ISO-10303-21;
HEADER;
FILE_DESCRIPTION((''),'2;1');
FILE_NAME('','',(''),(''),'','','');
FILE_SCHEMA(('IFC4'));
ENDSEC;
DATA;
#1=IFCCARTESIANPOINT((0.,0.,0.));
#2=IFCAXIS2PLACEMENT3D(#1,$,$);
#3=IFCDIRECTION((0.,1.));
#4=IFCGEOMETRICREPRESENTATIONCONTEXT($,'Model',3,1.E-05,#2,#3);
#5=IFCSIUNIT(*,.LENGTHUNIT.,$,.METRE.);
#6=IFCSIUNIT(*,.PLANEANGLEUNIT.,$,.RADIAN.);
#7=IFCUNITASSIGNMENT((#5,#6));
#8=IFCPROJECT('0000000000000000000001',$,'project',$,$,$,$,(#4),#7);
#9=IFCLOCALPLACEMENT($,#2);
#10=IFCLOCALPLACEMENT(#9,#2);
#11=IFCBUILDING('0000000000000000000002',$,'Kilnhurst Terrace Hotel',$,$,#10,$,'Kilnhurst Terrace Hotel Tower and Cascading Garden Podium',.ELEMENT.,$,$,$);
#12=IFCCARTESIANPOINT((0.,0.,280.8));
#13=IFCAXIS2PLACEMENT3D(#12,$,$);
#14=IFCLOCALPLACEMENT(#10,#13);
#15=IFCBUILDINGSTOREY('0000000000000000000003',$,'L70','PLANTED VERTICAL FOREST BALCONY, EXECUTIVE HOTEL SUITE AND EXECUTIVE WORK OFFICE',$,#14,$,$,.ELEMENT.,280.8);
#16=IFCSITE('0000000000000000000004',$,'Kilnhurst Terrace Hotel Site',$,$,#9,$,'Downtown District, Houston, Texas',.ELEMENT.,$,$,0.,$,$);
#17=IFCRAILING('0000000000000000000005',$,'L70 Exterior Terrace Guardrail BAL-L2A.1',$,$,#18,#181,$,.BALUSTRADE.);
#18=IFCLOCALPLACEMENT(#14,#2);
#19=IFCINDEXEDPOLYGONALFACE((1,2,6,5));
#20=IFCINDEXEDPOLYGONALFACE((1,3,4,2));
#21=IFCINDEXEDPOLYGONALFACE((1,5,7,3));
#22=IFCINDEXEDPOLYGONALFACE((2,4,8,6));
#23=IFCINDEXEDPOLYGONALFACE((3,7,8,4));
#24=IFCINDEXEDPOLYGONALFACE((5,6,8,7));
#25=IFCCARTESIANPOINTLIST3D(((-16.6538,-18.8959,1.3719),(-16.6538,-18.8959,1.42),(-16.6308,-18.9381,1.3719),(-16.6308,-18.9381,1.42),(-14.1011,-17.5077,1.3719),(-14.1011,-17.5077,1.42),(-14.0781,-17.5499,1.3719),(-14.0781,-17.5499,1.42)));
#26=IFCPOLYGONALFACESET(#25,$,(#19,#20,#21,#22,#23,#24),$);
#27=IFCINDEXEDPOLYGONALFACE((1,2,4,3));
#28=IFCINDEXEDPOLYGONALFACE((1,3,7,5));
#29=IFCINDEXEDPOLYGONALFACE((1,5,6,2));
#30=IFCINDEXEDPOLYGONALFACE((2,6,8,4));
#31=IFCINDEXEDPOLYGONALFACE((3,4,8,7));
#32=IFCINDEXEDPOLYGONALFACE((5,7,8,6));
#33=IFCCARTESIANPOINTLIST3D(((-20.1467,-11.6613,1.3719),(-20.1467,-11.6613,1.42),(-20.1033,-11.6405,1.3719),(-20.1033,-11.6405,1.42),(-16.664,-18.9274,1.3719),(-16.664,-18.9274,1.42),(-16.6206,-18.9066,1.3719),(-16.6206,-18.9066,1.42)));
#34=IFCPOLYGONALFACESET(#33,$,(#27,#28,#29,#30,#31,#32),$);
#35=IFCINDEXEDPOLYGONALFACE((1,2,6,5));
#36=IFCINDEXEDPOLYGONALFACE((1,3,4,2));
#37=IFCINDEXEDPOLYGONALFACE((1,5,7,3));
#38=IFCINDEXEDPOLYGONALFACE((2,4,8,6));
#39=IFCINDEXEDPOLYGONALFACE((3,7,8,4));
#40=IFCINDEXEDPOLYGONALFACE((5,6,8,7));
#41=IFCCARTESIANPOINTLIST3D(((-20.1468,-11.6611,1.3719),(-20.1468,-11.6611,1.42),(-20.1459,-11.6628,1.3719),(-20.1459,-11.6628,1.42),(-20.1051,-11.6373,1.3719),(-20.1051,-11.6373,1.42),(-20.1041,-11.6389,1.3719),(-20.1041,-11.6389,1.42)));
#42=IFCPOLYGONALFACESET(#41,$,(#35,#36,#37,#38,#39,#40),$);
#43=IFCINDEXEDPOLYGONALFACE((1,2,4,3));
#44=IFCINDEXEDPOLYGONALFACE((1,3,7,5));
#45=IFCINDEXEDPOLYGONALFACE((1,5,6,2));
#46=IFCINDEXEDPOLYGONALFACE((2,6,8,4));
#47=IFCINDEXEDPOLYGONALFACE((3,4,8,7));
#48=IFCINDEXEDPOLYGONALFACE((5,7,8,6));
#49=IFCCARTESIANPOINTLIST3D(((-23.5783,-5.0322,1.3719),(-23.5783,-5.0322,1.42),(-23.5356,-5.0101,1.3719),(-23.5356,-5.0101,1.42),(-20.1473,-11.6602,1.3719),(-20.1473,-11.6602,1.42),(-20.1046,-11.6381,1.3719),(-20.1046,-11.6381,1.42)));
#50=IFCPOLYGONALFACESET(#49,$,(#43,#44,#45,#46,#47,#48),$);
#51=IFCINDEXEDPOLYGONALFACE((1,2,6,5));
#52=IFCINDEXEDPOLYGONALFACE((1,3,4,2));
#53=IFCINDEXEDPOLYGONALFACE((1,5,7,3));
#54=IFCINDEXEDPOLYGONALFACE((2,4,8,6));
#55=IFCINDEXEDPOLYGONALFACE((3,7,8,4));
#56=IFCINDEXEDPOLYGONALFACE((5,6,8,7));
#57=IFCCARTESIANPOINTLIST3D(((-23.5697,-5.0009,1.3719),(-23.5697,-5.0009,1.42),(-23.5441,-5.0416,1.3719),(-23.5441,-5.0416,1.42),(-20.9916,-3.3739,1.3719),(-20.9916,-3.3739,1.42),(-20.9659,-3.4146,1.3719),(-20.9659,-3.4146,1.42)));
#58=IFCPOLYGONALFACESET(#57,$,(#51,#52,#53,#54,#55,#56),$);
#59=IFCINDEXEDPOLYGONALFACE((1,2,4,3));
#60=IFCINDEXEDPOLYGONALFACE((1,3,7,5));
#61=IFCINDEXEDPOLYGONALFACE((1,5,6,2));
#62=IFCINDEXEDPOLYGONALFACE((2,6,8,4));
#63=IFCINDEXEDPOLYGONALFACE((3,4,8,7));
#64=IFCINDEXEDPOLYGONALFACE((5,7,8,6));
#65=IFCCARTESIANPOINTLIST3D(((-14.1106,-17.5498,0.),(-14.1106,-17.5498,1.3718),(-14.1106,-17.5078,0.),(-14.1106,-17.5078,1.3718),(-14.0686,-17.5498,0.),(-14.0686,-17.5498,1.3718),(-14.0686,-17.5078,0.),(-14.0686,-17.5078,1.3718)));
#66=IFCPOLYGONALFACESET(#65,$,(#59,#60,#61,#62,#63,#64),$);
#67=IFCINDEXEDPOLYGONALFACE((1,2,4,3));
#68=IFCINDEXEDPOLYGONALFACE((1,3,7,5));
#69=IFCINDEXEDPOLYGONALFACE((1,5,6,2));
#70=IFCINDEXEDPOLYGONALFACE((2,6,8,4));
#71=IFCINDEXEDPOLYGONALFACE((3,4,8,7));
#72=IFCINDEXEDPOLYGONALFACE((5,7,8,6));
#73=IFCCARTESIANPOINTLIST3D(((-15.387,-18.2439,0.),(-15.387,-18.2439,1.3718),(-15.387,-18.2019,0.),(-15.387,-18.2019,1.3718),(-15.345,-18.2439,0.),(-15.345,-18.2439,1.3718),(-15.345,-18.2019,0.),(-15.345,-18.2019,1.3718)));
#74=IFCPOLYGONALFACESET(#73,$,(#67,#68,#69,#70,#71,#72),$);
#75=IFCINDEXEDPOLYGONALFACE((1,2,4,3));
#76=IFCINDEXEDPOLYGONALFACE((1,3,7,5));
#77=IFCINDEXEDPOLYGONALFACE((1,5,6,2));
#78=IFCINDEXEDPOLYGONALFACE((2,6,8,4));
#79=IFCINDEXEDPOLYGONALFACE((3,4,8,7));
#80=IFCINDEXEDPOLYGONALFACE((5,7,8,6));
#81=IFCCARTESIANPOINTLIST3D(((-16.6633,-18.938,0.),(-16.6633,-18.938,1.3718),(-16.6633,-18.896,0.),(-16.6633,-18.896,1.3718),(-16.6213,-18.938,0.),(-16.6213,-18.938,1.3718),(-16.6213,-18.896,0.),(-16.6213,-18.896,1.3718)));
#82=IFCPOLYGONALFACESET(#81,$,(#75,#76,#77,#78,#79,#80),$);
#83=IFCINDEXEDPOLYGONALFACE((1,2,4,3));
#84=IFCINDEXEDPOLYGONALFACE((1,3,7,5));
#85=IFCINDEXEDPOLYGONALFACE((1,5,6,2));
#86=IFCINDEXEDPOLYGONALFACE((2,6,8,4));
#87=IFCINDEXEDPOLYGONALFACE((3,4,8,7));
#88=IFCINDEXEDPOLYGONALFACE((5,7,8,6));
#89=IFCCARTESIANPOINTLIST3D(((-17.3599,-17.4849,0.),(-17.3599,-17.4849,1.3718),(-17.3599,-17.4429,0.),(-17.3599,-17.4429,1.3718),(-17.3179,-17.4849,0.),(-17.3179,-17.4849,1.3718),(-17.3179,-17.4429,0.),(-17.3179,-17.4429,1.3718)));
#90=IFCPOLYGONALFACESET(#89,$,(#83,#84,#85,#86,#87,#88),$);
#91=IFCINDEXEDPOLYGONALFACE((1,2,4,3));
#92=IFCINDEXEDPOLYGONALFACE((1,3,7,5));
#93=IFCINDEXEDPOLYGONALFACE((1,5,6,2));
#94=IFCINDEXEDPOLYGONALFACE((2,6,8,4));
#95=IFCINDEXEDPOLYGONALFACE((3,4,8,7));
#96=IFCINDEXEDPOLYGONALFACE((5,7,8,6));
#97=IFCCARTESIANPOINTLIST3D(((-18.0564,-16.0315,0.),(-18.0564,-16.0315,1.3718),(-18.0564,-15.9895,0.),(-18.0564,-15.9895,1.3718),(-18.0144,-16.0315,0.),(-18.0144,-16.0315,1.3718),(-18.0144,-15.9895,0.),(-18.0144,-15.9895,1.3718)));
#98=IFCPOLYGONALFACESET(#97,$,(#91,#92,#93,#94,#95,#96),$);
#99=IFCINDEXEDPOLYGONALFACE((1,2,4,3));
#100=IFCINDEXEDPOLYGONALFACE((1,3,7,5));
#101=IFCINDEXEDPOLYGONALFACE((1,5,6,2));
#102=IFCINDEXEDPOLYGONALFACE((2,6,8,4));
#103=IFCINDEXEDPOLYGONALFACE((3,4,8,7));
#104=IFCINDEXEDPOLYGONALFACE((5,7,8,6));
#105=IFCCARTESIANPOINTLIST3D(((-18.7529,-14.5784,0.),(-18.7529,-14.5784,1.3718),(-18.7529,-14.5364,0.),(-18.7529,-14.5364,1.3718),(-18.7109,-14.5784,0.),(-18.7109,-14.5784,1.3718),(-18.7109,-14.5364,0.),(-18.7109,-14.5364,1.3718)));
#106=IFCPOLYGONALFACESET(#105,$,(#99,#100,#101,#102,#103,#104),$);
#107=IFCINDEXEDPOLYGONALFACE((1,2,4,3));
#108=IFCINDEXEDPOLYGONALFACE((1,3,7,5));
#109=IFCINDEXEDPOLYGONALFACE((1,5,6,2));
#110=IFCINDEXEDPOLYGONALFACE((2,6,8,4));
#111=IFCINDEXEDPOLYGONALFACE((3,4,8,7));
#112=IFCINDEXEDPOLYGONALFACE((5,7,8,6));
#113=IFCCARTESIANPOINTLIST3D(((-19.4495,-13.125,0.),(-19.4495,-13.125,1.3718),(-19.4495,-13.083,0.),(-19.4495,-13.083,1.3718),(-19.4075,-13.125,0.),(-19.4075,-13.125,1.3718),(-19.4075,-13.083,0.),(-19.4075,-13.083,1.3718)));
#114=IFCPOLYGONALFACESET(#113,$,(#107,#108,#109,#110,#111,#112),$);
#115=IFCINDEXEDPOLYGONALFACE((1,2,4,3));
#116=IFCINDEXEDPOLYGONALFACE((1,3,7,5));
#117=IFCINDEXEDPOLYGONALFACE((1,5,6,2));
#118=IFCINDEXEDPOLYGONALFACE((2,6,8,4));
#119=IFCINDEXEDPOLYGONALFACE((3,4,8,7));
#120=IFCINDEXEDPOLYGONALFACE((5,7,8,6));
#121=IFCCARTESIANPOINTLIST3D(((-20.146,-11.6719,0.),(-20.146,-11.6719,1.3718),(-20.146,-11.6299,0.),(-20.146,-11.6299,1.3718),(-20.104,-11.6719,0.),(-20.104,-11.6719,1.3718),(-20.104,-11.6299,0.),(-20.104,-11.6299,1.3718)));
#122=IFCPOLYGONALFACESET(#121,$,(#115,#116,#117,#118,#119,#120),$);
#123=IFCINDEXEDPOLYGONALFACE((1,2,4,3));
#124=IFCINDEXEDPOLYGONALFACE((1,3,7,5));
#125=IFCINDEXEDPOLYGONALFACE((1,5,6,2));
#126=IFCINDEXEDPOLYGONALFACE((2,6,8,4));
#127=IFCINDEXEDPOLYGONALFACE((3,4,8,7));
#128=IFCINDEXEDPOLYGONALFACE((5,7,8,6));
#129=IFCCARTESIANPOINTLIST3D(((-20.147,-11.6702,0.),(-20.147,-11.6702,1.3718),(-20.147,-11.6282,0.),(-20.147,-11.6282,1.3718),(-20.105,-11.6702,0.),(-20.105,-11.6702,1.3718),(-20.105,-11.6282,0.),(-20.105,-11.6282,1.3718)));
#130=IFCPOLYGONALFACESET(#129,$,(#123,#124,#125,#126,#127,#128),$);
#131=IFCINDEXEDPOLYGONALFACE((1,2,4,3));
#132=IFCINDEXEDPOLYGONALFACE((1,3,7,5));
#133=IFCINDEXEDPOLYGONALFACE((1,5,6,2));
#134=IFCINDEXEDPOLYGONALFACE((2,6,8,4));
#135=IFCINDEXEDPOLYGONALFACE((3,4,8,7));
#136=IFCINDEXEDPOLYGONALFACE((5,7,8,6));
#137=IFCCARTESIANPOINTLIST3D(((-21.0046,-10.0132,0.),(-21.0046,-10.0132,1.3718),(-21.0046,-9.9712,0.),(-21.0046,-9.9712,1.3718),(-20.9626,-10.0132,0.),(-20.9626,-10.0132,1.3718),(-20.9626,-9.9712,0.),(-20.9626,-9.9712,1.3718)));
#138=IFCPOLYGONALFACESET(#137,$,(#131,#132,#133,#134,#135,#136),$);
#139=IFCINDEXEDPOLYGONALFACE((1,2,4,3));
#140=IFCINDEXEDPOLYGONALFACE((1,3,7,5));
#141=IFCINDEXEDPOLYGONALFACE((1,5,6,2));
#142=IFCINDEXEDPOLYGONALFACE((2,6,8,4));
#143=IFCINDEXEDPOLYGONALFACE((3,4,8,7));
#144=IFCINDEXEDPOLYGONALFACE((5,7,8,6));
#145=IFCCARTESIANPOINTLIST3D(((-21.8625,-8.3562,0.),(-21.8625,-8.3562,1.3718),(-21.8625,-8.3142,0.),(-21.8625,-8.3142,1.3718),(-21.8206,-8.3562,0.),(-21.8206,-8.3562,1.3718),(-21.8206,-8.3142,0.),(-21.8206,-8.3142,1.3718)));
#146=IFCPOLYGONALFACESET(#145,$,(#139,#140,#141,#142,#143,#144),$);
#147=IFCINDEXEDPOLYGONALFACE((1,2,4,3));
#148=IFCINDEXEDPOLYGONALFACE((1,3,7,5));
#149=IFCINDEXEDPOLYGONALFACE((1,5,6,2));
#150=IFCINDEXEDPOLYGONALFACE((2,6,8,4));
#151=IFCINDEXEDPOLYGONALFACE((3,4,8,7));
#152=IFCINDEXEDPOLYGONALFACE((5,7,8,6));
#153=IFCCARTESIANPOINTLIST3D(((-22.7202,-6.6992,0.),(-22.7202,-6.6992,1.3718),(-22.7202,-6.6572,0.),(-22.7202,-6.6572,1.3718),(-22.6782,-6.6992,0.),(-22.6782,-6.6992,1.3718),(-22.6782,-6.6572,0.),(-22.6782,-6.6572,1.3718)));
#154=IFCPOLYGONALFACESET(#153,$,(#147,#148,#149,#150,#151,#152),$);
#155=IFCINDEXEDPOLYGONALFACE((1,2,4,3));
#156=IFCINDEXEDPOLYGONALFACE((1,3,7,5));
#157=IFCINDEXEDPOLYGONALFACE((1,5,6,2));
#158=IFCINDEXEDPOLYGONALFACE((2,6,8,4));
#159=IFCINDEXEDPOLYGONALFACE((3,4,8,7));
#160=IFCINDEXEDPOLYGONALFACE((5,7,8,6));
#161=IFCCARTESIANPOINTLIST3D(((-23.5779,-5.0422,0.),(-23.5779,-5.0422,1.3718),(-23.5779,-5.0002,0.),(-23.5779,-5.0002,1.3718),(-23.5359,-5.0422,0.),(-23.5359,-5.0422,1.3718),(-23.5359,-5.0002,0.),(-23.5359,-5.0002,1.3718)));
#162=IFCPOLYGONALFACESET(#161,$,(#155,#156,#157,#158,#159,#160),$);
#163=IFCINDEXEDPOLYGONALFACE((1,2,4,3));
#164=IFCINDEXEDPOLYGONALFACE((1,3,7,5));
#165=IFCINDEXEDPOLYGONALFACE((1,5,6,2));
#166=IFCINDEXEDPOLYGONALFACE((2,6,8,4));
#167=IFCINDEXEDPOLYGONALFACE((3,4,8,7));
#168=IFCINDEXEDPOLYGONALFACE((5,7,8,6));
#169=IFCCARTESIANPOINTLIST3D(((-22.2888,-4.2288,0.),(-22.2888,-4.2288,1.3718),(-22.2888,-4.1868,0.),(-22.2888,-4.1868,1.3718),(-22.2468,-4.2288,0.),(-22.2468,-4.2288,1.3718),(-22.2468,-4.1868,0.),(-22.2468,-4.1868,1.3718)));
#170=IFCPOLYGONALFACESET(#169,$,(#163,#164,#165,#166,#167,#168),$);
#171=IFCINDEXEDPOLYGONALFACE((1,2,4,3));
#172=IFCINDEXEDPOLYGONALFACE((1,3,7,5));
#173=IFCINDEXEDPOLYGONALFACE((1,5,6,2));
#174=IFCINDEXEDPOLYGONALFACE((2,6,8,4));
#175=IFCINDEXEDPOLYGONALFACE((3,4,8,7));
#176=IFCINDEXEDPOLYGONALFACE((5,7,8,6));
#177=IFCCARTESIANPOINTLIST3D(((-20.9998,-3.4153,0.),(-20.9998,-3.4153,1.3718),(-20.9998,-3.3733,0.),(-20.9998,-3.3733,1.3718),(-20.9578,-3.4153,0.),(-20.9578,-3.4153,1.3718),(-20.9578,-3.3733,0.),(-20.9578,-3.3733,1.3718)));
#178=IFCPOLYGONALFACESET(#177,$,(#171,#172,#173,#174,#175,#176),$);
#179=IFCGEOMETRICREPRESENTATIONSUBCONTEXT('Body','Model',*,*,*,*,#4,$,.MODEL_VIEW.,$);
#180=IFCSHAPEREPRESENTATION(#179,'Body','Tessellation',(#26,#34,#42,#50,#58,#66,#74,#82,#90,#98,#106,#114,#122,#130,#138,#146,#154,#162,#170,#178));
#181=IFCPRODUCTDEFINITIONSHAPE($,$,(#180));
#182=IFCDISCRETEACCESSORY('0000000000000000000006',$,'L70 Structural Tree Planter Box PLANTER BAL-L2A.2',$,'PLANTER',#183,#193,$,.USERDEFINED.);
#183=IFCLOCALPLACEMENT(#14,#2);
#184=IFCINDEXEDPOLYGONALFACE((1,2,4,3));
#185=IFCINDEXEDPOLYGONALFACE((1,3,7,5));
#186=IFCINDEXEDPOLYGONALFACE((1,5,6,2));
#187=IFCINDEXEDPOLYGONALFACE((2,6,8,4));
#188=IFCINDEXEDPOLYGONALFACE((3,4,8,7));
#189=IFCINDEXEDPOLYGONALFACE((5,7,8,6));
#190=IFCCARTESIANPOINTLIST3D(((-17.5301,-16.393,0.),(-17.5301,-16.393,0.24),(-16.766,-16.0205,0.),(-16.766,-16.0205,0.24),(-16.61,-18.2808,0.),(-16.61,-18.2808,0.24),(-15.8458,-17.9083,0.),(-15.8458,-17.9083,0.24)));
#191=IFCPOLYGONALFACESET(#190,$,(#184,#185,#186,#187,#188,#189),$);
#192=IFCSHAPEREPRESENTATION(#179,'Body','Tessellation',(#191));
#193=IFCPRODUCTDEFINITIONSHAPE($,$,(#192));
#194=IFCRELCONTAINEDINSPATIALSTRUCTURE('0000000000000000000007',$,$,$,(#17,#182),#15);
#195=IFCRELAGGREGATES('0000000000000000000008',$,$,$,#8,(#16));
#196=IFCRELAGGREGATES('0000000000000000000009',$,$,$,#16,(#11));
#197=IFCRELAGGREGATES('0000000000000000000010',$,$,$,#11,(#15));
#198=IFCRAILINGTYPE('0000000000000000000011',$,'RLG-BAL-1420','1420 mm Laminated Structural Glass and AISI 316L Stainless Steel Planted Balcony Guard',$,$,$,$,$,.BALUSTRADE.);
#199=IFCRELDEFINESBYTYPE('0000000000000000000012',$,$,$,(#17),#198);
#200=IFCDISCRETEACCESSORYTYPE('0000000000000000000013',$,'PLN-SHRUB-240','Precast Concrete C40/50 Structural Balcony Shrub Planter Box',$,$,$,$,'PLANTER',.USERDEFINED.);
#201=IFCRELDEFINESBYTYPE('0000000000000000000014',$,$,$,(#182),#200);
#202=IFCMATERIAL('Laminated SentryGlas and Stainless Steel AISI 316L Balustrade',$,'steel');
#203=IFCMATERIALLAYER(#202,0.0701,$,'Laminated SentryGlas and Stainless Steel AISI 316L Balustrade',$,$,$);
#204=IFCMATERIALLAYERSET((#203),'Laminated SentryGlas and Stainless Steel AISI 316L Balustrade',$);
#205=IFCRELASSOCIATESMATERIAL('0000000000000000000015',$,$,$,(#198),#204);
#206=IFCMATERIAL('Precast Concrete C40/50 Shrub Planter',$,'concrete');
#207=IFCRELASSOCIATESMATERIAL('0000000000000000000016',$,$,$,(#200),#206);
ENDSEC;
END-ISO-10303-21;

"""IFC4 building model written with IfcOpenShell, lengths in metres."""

from ifc_helpers import new_model, si_unit, direction, frame, origin, origin_2d, place, context, subcontext, project, spatial, rectangle, extrude, material, layer, layer_set, type_object, element, save


model = new_model("IFC4")

# Units and contexts
model_context = context("Model", 3, precision=1e-05, world=origin(), true_north=direction((0.0, 1.0)))
body_context = subcontext(model_context, "Body", "Model", "MODEL_VIEW")
ifc_project = project(units=[si_unit("LENGTHUNIT", "METRE"), si_unit("PLANEANGLEUNIT", "RADIAN")], contexts=[model_context])

# Site, building, storey
site_placement = place(None, origin())
site = spatial("IfcSite", under=ifc_project, at=site_placement, Name="Kilnhurst Terrace Hotel Site", LongName="Downtown District, Houston, Texas", CompositionType="ELEMENT", RefElevation=0.0)
building_placement = place(site_placement, origin())
building = spatial("IfcBuilding", under=site, at=building_placement, Name="Kilnhurst Terrace Hotel", LongName="Kilnhurst Terrace Hotel Tower and Cascading Garden Podium", CompositionType="ELEMENT")
storey_placement = place(building_placement, frame((0.0, 0.0, 280.8)))
storey = spatial("IfcBuildingStorey", under=building, at=storey_placement, Name="L70", Description="PLANTED VERTICAL FOREST BALCONY, EXECUTIVE HOTEL SUITE AND EXECUTIVE WORK OFFICE", CompositionType="ELEMENT", Elevation=280.8)

# Railing
ifc_material_1 = material(Name="Laminated SentryGlas and Stainless Steel AISI 316L Balustrade", Category="steel")
ifc_layer_1 = layer(ifc_material_1, 0.0701, Name="Laminated SentryGlas and Stainless Steel AISI 316L Balustrade")
ifc_layer_set_1 = layer_set([ifc_layer_1], Name="Laminated SentryGlas and Stainless Steel AISI 316L Balustrade")
railing_type = type_object("IfcRailingType", Name="RLG-BAL-1420", Description="1420 mm Laminated Structural Glass and AISI 316L Stainless Steel Planted Balcony Guard", PredefinedType="BALUSTRADE", material=ifc_layer_set_1)
railing_placement = place(storey_placement, frame((-14.0896, -17.5288, 0.0)))
element("IfcRailing", 1, at=railing_placement, inside=storey, type_object=railing_type, Name="L70 Exterior Terrace Guardrail BAL-L2A.1", PredefinedType="BALUSTRADE", context=body_context, shape_type="SweptSolid", body=[
    extrude(rectangle(XDim=0.0481, YDim=0.0481, at=origin_2d()), frame((0.0, 0.0, 1.396), z_axis=(-0.878505, -0.477733, 0.0), x_axis=(0.477733, -0.878505, 0.0)), (0.0, 0.0, 1.0), 2.9058),
    extrude(rectangle(XDim=0.0481, YDim=0.0481, at=origin_2d()), frame((-2.5527, -1.3882, 1.396), z_axis=(-0.43222, 0.901768, 0.0), x_axis=(-0.901768, -0.43222, 0.0)), (0.0, 0.0, 1.0), 8.0576),
    extrude(rectangle(XDim=0.0481, YDim=0.0481, at=origin_2d()), frame((-6.0354, 5.8779, 1.396), z_axis=(-0.496139, 0.868243, 0.0), x_axis=(-0.868243, -0.496139, 0.0)), (0.0, 0.0, 1.0), 0.002),
    extrude(rectangle(XDim=0.0481, YDim=0.0481, at=origin_2d()), frame((-6.0364, 5.8796, 1.396), z_axis=(-0.459705, 0.888072, 0.0), x_axis=(-0.888072, -0.459705, 0.0)), (0.0, 0.0, 1.0), 7.4634),
    extrude(rectangle(XDim=0.0481, YDim=0.0481, at=origin_2d()), frame((-9.4673, 12.5076, 1.396), z_axis=(0.845687, 0.53368, 0.0), x_axis=(-0.53368, 0.845687, 0.0)), (0.0, 0.0, 1.0), 3.0486),
    extrude(rectangle(XDim=0.042, YDim=0.042, at=origin_2d()), origin(), (0.0, 0.0, 1.0), 1.3718),
    extrude(rectangle(XDim=0.042, YDim=0.042, at=origin_2d()), frame((-1.2764, -0.6941, 0.0)), (0.0, 0.0, 1.0), 1.3718),
    extrude(rectangle(XDim=0.042, YDim=0.042, at=origin_2d()), frame((-2.5527, -1.3882, 0.0)), (0.0, 0.0, 1.0), 1.3718),
    extrude(rectangle(XDim=0.042, YDim=0.042, at=origin_2d()), frame((-3.2493, 0.0649, 0.0)), (0.0, 0.0, 1.0), 1.3718),
    extrude(rectangle(XDim=0.042, YDim=0.042, at=origin_2d()), frame((-3.9458, 1.5183, 0.0)), (0.0, 0.0, 1.0), 1.3718),
    extrude(rectangle(XDim=0.042, YDim=0.042, at=origin_2d()), frame((-4.6423, 2.9714, 0.0)), (0.0, 0.0, 1.0), 1.3718),
    extrude(rectangle(XDim=0.042, YDim=0.042, at=origin_2d()), frame((-5.3389, 4.4248, 0.0)), (0.0, 0.0, 1.0), 1.3718),
    extrude(rectangle(XDim=0.042, YDim=0.042, at=origin_2d()), frame((-6.0354, 5.8779, 0.0)), (0.0, 0.0, 1.0), 1.3718),
    extrude(rectangle(XDim=0.042, YDim=0.042, at=origin_2d()), frame((-6.0364, 5.8796, 0.0)), (0.0, 0.0, 1.0), 1.3718),
    extrude(rectangle(XDim=0.042, YDim=0.042, at=origin_2d()), frame((-6.894, 7.5366, 0.0)), (0.0, 0.0, 1.0), 1.3718),
    extrude(rectangle(XDim=0.042, YDim=0.042, at=origin_2d()), frame((-7.752, 9.1936, 0.0)), (0.0, 0.0, 1.0), 1.3718),
    extrude(rectangle(XDim=0.042, YDim=0.042, at=origin_2d()), frame((-8.6096, 10.8506, 0.0)), (0.0, 0.0, 1.0), 1.3718),
    extrude(rectangle(XDim=0.042, YDim=0.042, at=origin_2d()), frame((-9.4673, 12.5076, 0.0)), (0.0, 0.0, 1.0), 1.3718),
    extrude(rectangle(XDim=0.042, YDim=0.042, at=origin_2d()), frame((-8.1782, 13.321, 0.0)), (0.0, 0.0, 1.0), 1.3718),
    extrude(rectangle(XDim=0.042, YDim=0.042, at=origin_2d()), frame((-6.8892, 14.1345, 0.0)), (0.0, 0.0, 1.0), 1.3718),
])

# Discrete accessory
ifc_material_2 = material(Name="Precast Concrete C40/50 Shrub Planter", Category="concrete")
discrete_accessory_type = type_object("IfcDiscreteAccessoryType", Name="PLN-SHRUB-240", Description="Precast Concrete C40/50 Structural Balcony Shrub Planter Box", ElementType="PLANTER", PredefinedType="USERDEFINED", material=ifc_material_2)
discrete_accessory_placement = place(storey_placement, frame((-16.688, -17.1506, 0.0), z_axis=(0.0, 0.0, 1.0), x_axis=(0.438136, -0.898909, 0.0)))
element("IfcDiscreteAccessory", 2, at=discrete_accessory_placement, inside=storey, type_object=discrete_accessory_type, Name="L70 Structural Tree Planter Box PLANTER BAL-L2A.2", ObjectType="PLANTER", PredefinedType="USERDEFINED", context=body_context, shape_type="SweptSolid", body=[
    extrude(rectangle(XDim=2.1001, YDim=0.8501, at=origin_2d()), origin(), (0.0, 0.0, 1.0), 0.24),
])

save(model, "model.ifc")
